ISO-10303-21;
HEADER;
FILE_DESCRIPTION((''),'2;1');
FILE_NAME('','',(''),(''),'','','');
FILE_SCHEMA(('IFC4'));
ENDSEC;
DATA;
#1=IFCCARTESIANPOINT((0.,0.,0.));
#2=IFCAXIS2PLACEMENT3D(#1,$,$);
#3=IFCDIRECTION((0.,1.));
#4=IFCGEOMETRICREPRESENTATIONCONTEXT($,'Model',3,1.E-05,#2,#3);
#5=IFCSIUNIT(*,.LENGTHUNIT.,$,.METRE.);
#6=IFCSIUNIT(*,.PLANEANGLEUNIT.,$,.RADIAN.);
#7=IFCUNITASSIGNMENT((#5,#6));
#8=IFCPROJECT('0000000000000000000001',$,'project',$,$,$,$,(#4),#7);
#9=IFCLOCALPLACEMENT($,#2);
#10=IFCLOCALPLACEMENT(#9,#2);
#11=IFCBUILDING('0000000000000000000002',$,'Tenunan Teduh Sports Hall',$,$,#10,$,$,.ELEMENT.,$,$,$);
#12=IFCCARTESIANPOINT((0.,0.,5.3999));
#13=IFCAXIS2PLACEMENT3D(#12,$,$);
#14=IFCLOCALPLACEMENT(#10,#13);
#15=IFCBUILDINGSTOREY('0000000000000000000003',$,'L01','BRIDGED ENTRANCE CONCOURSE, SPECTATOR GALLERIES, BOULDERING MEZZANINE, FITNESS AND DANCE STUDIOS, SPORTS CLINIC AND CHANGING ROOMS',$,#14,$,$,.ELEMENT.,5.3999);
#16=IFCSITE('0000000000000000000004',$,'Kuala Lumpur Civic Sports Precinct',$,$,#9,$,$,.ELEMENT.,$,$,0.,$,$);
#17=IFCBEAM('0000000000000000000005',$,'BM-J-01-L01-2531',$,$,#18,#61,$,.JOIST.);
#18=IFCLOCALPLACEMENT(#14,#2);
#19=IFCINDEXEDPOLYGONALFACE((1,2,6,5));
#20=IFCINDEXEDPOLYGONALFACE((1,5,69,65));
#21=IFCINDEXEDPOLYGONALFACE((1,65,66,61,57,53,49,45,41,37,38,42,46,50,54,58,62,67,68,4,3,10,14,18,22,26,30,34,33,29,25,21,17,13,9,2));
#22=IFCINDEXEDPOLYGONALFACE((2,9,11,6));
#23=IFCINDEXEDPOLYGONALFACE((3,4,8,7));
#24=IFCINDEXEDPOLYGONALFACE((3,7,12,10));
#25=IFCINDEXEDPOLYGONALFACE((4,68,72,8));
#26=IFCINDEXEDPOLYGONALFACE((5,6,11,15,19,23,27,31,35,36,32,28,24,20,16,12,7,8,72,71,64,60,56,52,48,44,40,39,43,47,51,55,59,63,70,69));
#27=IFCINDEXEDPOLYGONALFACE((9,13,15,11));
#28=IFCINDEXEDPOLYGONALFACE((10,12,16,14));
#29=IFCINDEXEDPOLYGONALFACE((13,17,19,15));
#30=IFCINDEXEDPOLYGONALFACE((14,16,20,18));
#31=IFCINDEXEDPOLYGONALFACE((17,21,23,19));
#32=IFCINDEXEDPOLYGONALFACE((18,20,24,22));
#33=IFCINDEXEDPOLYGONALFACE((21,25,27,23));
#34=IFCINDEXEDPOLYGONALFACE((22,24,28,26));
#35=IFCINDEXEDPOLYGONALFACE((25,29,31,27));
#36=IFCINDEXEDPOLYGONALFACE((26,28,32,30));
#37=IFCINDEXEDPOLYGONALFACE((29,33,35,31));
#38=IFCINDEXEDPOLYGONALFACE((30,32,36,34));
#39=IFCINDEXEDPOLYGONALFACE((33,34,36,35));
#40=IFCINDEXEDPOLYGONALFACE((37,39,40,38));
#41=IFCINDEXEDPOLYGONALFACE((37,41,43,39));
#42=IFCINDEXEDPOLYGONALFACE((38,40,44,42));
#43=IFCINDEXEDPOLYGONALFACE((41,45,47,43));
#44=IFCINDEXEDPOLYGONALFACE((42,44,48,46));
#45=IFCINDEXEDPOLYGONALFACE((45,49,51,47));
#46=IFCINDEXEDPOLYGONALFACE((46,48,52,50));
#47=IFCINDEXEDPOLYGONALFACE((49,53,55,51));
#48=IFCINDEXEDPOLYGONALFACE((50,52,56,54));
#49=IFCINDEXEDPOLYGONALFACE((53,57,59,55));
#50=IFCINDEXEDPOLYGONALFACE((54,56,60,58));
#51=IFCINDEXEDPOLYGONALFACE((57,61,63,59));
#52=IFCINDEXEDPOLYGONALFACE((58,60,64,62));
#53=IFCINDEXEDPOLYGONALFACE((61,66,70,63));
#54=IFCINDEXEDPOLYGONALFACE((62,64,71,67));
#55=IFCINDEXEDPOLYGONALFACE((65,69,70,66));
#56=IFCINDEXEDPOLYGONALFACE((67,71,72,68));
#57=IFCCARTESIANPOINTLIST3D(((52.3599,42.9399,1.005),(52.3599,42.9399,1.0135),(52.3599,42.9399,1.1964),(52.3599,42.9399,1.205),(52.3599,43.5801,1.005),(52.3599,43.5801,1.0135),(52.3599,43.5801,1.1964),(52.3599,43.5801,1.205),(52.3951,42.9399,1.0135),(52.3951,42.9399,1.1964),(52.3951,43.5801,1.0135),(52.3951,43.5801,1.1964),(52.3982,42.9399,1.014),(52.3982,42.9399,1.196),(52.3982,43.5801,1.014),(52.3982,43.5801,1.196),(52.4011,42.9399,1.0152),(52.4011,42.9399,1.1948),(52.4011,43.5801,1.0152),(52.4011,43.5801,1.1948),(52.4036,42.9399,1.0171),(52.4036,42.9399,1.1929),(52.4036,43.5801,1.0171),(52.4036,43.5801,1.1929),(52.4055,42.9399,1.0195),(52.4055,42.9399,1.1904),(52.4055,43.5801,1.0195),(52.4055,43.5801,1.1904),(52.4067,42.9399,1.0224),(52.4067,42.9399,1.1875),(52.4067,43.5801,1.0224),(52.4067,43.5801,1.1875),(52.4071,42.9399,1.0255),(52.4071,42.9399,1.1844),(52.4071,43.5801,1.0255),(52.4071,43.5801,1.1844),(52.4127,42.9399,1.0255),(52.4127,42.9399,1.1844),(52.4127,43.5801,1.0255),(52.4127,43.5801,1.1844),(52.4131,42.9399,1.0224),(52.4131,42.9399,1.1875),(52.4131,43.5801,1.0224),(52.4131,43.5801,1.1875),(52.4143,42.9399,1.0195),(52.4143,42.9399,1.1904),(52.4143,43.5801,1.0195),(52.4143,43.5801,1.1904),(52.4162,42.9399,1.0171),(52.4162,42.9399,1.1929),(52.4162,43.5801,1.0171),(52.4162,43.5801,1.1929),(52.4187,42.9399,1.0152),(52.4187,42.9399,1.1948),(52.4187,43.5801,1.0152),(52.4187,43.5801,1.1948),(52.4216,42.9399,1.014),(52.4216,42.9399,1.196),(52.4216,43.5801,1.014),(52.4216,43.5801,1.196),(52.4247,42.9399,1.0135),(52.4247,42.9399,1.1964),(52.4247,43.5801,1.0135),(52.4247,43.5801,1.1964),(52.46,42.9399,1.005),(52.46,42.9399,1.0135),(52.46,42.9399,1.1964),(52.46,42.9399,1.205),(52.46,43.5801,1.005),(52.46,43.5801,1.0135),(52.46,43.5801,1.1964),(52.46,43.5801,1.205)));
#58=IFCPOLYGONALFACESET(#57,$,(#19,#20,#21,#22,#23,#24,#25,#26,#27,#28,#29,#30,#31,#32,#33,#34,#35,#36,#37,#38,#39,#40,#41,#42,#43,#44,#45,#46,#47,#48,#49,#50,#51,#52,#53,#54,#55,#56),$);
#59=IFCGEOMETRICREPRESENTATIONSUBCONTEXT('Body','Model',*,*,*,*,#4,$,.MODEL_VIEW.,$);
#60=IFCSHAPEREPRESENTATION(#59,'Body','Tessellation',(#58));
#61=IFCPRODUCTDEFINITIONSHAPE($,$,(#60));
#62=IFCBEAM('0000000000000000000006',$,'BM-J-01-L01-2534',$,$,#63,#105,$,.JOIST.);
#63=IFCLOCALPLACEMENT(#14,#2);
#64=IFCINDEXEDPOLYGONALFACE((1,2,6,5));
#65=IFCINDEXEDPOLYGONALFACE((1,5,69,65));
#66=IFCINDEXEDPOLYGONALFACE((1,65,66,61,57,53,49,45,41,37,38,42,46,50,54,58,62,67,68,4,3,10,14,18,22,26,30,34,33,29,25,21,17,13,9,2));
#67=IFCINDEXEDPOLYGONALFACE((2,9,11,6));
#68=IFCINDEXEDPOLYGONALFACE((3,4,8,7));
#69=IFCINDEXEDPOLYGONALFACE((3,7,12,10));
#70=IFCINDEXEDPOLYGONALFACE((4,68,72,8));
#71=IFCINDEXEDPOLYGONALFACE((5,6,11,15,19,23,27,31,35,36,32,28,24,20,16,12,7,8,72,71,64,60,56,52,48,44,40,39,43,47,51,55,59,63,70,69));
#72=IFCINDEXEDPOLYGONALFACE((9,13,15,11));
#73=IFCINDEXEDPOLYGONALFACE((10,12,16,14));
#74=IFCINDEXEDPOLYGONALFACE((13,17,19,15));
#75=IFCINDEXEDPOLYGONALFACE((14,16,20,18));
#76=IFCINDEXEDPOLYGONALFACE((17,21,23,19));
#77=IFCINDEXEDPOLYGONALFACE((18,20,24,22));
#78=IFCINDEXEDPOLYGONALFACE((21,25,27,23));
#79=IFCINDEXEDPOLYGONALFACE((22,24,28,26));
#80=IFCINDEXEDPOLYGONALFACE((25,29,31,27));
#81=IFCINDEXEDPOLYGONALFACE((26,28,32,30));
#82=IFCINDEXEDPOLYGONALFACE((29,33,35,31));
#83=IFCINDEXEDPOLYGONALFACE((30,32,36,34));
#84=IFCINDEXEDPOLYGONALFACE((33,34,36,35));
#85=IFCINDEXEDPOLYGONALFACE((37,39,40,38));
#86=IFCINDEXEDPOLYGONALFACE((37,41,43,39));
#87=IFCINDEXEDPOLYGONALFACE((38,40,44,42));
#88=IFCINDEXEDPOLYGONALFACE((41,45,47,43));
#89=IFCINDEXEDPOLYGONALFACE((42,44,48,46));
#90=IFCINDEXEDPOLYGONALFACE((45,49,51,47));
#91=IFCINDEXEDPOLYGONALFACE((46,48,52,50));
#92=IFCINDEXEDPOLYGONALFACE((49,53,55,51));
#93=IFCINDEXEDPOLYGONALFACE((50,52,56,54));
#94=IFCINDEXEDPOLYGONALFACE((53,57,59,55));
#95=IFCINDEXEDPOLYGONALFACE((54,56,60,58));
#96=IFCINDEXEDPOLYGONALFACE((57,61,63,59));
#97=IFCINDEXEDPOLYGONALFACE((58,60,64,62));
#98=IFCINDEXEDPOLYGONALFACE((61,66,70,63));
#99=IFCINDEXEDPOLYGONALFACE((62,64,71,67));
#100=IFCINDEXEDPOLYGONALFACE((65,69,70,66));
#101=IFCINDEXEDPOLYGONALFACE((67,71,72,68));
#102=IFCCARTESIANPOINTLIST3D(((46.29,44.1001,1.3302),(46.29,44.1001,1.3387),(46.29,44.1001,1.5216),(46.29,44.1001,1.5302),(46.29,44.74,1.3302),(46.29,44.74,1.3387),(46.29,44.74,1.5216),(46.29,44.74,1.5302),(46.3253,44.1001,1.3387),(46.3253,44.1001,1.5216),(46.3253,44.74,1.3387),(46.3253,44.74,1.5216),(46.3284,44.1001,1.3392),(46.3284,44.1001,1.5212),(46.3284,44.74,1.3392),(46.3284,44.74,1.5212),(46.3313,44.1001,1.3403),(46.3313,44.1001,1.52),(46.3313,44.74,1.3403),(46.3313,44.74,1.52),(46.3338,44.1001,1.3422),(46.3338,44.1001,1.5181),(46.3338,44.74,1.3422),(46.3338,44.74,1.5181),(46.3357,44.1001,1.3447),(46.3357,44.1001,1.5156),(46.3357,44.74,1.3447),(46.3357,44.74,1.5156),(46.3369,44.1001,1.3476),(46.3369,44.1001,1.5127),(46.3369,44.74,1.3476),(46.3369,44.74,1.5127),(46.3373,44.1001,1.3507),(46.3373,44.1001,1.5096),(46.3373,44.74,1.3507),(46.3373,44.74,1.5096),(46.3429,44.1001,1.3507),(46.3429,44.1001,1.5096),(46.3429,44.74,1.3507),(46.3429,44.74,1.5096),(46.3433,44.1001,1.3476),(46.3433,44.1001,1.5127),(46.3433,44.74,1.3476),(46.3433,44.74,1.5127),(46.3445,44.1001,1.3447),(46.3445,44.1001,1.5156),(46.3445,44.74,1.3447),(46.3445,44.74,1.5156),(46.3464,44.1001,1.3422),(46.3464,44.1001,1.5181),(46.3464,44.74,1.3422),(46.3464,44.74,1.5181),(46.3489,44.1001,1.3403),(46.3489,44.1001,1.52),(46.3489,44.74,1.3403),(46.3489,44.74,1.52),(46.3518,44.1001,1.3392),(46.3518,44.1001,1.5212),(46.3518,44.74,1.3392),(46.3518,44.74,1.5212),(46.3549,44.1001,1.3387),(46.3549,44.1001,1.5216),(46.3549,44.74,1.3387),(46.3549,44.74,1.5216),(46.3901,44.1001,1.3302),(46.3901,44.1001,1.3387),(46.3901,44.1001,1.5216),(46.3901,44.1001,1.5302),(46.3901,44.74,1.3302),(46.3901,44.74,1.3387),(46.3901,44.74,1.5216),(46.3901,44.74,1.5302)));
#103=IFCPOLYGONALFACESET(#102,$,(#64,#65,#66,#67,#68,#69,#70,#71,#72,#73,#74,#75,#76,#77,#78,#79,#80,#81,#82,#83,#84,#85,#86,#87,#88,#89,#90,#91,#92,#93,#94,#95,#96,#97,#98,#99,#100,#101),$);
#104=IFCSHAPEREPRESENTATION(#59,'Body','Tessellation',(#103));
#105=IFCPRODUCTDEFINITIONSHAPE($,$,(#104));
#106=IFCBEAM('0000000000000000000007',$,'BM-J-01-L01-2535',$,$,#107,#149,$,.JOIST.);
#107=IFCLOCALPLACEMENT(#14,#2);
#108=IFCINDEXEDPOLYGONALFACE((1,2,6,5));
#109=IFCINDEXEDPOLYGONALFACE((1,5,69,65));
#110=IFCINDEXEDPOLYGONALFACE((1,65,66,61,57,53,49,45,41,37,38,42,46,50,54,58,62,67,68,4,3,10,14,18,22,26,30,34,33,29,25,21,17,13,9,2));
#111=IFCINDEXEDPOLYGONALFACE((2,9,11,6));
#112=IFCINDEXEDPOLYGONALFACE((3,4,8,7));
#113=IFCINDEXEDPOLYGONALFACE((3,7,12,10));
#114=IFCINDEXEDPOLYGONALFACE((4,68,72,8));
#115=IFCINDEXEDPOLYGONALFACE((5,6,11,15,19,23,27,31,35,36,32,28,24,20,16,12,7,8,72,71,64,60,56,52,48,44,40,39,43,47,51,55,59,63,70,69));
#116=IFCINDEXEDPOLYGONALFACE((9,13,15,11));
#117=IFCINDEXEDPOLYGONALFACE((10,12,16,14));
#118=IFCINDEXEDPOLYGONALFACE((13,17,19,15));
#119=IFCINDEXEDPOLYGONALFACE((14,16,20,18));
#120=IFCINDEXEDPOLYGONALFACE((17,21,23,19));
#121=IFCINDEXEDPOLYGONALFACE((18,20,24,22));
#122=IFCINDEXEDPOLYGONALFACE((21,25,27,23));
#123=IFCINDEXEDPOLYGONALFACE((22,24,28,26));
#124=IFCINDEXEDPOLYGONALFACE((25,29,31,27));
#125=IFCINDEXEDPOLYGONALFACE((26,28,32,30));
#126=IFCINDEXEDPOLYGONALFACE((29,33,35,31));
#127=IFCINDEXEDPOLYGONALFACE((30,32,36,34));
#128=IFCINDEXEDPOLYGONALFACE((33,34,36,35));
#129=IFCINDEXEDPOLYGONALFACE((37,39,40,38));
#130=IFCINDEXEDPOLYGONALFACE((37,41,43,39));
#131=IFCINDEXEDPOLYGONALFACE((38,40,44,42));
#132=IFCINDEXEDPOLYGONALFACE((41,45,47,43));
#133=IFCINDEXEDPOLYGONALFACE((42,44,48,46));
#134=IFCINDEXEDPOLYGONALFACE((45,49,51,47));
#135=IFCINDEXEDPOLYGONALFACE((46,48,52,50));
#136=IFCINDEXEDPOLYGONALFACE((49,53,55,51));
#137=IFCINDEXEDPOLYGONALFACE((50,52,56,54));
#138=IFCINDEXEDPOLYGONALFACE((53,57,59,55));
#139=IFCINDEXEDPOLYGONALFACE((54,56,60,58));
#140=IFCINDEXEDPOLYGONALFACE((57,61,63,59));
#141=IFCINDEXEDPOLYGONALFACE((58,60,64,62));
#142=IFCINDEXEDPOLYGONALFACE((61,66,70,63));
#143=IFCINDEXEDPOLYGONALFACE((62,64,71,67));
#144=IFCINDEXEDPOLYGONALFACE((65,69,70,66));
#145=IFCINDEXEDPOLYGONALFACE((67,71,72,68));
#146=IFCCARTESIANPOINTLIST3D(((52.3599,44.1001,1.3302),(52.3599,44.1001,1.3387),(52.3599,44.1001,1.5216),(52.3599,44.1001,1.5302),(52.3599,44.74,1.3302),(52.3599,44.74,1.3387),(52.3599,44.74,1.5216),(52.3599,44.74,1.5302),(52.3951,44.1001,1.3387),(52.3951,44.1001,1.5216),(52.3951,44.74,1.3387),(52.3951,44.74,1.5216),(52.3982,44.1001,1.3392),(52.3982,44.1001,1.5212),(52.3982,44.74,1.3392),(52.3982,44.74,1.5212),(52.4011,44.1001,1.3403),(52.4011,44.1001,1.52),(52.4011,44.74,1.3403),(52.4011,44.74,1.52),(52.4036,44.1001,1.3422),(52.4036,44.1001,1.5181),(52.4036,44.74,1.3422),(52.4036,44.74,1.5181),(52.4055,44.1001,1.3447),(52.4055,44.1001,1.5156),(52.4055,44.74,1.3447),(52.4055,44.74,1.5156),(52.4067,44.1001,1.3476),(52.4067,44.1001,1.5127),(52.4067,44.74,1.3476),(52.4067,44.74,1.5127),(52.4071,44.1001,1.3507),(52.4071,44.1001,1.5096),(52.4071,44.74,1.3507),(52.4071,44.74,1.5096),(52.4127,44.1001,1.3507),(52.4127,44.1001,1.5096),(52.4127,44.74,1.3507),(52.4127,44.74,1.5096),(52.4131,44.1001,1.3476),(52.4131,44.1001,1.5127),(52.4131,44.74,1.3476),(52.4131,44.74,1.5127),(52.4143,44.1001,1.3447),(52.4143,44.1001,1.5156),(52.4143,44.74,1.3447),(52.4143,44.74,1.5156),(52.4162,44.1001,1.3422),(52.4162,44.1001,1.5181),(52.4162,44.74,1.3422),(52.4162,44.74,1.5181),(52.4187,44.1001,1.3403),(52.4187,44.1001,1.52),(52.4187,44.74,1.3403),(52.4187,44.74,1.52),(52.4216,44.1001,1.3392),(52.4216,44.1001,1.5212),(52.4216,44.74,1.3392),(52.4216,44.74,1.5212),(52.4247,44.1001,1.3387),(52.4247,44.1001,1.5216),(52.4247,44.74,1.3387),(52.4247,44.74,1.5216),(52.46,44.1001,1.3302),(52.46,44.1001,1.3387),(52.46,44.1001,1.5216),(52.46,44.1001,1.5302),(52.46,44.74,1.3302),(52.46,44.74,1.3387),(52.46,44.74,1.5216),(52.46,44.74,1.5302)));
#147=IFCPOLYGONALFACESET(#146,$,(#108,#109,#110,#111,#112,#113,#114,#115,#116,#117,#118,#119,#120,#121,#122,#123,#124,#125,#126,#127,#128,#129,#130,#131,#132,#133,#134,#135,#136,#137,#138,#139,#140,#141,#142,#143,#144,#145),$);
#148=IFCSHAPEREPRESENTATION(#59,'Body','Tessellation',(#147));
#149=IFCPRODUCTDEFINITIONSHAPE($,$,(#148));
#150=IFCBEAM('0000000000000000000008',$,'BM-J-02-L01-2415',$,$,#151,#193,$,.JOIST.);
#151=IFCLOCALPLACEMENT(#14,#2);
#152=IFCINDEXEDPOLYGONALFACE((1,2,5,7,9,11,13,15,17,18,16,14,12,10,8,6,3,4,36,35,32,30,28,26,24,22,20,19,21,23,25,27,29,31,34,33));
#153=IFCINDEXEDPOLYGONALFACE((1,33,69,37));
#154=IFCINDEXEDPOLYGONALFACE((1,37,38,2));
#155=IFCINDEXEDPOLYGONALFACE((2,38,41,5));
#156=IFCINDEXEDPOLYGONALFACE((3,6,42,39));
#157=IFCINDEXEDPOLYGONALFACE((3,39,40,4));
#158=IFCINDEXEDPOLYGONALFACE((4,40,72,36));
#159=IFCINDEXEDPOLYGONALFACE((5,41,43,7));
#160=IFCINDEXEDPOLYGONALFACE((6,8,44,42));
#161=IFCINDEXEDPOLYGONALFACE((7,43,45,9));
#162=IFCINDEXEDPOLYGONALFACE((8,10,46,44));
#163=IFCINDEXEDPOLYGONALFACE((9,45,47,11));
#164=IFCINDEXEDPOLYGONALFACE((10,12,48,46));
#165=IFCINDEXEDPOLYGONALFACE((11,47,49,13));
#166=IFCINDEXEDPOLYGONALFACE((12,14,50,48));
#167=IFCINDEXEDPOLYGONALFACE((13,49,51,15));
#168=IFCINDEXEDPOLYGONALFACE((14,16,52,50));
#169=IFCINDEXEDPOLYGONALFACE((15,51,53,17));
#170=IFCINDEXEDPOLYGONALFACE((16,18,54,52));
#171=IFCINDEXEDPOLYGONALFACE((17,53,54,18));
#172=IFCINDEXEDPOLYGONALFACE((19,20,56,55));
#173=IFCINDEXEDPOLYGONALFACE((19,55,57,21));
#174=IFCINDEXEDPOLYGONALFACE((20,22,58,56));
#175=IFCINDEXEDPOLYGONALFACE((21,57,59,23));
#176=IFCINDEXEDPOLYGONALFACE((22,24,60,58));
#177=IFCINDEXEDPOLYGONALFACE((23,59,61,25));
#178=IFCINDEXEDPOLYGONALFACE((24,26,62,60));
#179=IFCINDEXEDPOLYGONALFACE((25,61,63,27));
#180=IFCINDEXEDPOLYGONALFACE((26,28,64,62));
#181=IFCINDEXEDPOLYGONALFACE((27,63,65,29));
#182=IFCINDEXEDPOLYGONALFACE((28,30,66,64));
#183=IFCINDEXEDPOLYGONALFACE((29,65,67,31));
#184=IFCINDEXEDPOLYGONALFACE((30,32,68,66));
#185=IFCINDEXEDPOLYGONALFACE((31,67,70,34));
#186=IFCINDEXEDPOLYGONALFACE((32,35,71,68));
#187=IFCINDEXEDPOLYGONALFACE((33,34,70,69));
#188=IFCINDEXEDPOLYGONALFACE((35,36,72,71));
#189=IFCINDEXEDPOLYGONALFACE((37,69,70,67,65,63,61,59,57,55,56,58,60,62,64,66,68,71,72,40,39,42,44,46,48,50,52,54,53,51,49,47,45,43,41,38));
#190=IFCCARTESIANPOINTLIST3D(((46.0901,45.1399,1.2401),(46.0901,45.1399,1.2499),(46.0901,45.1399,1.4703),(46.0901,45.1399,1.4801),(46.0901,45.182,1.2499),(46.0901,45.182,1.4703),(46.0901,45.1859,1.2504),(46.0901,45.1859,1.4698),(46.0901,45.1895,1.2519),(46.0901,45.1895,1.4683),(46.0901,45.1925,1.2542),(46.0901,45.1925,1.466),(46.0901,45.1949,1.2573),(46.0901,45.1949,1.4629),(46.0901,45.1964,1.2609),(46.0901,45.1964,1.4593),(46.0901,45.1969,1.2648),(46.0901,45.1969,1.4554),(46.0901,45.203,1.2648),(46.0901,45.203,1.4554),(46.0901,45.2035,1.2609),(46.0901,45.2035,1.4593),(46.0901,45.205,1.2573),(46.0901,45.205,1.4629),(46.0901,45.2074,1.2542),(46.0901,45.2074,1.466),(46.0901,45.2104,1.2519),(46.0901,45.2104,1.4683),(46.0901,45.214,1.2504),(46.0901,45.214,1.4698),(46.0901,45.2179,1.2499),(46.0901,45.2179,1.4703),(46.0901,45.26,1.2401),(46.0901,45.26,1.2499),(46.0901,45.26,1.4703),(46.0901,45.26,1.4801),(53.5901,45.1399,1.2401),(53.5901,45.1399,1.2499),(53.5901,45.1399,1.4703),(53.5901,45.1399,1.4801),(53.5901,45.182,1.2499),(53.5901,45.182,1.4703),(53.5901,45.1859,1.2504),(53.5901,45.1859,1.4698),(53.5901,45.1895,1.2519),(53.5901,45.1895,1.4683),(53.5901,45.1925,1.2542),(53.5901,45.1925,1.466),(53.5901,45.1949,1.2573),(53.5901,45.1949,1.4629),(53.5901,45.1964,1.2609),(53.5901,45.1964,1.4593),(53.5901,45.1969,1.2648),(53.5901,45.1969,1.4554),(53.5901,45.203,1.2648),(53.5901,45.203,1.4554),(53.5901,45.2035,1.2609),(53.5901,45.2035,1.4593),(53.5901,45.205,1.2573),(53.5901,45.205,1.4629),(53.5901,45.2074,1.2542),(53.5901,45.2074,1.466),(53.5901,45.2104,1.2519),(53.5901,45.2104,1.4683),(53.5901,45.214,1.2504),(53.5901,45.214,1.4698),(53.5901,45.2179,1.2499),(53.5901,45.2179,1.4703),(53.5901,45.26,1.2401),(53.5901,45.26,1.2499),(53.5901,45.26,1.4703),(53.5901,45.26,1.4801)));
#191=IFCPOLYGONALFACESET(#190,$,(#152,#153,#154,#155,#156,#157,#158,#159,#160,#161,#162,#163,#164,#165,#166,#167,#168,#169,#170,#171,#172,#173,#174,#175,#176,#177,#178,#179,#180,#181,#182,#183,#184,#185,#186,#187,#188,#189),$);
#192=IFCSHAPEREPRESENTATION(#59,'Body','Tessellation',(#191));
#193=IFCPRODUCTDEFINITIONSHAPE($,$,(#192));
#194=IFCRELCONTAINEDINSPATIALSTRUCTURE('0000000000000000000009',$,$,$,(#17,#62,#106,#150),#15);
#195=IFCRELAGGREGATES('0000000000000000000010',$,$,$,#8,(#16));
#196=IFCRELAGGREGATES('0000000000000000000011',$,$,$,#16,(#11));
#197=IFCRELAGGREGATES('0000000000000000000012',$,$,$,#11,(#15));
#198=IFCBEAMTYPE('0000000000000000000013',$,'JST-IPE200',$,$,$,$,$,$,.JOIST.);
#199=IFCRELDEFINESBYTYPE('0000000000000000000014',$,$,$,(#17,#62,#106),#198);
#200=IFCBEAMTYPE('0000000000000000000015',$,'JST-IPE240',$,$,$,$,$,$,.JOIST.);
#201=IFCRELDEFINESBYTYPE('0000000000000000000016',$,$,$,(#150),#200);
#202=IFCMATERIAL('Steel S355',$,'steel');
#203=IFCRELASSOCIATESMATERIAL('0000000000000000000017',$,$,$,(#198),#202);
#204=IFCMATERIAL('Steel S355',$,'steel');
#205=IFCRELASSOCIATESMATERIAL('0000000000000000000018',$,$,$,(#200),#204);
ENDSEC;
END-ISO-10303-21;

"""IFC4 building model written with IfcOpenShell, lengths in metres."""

from ifc_helpers import new_model, si_unit, direction, frame, origin, origin_2d, place, context, subcontext, project, spatial, i_section, extrude, material, material_profile, profile_set, type_object, element, save


model = new_model("IFC4")

# Units and contexts
model_context = context("Model", 3, precision=1e-05, world=origin(), true_north=direction((0.0, 1.0)))
body_context = subcontext(model_context, "Body", "Model", "MODEL_VIEW")
ifc_project = project(units=[si_unit("LENGTHUNIT", "METRE"), si_unit("PLANEANGLEUNIT", "RADIAN")], contexts=[model_context])

# Site, building, storey
site_placement = place(None, origin())
site = spatial("IfcSite", under=ifc_project, at=site_placement, Name="Kuala Lumpur Civic Sports Precinct", CompositionType="ELEMENT", RefElevation=0.0)
building_placement = place(site_placement, origin())
building = spatial("IfcBuilding", under=site, at=building_placement, Name="Tenunan Teduh Sports Hall", CompositionType="ELEMENT")
storey_placement = place(building_placement, frame((0.0, 0.0, 5.3999)))
storey = spatial("IfcBuildingStorey", under=building, at=storey_placement, Name="L01", Description="BRIDGED ENTRANCE CONCOURSE, SPECTATOR GALLERIES, BOULDERING MEZZANINE, FITNESS AND DANCE STUDIOS, SPORTS CLINIC AND CHANGING ROOMS", CompositionType="ELEMENT", Elevation=5.3999)

# Beams
ifc_material_1 = material(Name="Steel S355", Category="steel")
ifc_material_profile_1 = material_profile(ifc_material_1, i_section(OverallWidth=0.1001, OverallDepth=0.2, WebThickness=0.0056, FlangeThickness=0.0085, FilletRadius=0.012, at=origin_2d()), Name="IPE 200")
ifc_profile_set_1 = profile_set([ifc_material_profile_1], Name="Steel S355")
beam_type_1 = type_object("IfcBeamType", Name="JST-IPE200", PredefinedType="JOIST", material=ifc_profile_set_1)
for number, where, z_axis, x_axis, name in (
    (1, (52.4099, 42.9399, 1.105), (0.0, 1.0, 0.0), (-1.0, 0.0, 0.0), "BM-J-01-L01-2531"),
):
    element("IfcBeam", number, at=place(storey_placement, frame(where, z_axis=z_axis, x_axis=x_axis)), inside=storey, type_object=beam_type_1, Name=name, PredefinedType="JOIST", context=body_context, shape_type="SweptSolid", body=[
        extrude(i_section(OverallWidth=0.1001, OverallDepth=0.2, WebThickness=0.0056, FlangeThickness=0.0085, FilletRadius=0.012, at=origin_2d()), origin(), (0.0, 0.0, 1.0), 0.6401),
    ])
for number, where, z_axis, x_axis, name in (
    (2, (46.3401, 44.1001, 1.4302), (0.0, 1.0, 0.0), (-1.0, 0.0, 0.0), "BM-J-01-L01-2534"),
    (3, (52.4099, 44.1001, 1.4302), (0.0, 1.0, 0.0), (-1.0, 0.0, 0.0), "BM-J-01-L01-2535"),
):
    element("IfcBeam", number, at=place(storey_placement, frame(where, z_axis=z_axis, x_axis=x_axis)), inside=storey, type_object=beam_type_1, Name=name, PredefinedType="JOIST", context=body_context, shape_type="SweptSolid", body=[
        extrude(i_section(OverallWidth=0.1001, OverallDepth=0.2, WebThickness=0.0056, FlangeThickness=0.0085, FilletRadius=0.012, at=origin_2d()), origin(), (0.0, 0.0, 1.0), 0.6399),
    ])
ifc_material_2 = material(Name="Steel S355", Category="steel")
ifc_material_profile_2 = material_profile(ifc_material_2, i_section(OverallWidth=0.1201, OverallDepth=0.24, WebThickness=0.0061, FlangeThickness=0.0098, FilletRadius=0.0149, at=origin_2d()), Name="IPE 240")
ifc_profile_set_2 = profile_set([ifc_material_profile_2], Name="Steel S355")
beam_type_2 = type_object("IfcBeamType", Name="JST-IPE240", PredefinedType="JOIST", material=ifc_profile_set_2)
beam_1_placement = place(storey_placement, frame((46.0901, 45.2, 1.3601), z_axis=(1.0, 0.0, 0.0), x_axis=(0.0, 1.0, 0.0)))
element("IfcBeam", 4, at=beam_1_placement, inside=storey, type_object=beam_type_2, Name="BM-J-02-L01-2415", PredefinedType="JOIST", context=body_context, shape_type="SweptSolid", body=[
    extrude(i_section(OverallWidth=0.1201, OverallDepth=0.24, WebThickness=0.0061, FlangeThickness=0.0098, FilletRadius=0.0149, at=origin_2d()), origin(), (0.0, 0.0, 1.0), 7.5),
])

save(model, "model.ifc")
